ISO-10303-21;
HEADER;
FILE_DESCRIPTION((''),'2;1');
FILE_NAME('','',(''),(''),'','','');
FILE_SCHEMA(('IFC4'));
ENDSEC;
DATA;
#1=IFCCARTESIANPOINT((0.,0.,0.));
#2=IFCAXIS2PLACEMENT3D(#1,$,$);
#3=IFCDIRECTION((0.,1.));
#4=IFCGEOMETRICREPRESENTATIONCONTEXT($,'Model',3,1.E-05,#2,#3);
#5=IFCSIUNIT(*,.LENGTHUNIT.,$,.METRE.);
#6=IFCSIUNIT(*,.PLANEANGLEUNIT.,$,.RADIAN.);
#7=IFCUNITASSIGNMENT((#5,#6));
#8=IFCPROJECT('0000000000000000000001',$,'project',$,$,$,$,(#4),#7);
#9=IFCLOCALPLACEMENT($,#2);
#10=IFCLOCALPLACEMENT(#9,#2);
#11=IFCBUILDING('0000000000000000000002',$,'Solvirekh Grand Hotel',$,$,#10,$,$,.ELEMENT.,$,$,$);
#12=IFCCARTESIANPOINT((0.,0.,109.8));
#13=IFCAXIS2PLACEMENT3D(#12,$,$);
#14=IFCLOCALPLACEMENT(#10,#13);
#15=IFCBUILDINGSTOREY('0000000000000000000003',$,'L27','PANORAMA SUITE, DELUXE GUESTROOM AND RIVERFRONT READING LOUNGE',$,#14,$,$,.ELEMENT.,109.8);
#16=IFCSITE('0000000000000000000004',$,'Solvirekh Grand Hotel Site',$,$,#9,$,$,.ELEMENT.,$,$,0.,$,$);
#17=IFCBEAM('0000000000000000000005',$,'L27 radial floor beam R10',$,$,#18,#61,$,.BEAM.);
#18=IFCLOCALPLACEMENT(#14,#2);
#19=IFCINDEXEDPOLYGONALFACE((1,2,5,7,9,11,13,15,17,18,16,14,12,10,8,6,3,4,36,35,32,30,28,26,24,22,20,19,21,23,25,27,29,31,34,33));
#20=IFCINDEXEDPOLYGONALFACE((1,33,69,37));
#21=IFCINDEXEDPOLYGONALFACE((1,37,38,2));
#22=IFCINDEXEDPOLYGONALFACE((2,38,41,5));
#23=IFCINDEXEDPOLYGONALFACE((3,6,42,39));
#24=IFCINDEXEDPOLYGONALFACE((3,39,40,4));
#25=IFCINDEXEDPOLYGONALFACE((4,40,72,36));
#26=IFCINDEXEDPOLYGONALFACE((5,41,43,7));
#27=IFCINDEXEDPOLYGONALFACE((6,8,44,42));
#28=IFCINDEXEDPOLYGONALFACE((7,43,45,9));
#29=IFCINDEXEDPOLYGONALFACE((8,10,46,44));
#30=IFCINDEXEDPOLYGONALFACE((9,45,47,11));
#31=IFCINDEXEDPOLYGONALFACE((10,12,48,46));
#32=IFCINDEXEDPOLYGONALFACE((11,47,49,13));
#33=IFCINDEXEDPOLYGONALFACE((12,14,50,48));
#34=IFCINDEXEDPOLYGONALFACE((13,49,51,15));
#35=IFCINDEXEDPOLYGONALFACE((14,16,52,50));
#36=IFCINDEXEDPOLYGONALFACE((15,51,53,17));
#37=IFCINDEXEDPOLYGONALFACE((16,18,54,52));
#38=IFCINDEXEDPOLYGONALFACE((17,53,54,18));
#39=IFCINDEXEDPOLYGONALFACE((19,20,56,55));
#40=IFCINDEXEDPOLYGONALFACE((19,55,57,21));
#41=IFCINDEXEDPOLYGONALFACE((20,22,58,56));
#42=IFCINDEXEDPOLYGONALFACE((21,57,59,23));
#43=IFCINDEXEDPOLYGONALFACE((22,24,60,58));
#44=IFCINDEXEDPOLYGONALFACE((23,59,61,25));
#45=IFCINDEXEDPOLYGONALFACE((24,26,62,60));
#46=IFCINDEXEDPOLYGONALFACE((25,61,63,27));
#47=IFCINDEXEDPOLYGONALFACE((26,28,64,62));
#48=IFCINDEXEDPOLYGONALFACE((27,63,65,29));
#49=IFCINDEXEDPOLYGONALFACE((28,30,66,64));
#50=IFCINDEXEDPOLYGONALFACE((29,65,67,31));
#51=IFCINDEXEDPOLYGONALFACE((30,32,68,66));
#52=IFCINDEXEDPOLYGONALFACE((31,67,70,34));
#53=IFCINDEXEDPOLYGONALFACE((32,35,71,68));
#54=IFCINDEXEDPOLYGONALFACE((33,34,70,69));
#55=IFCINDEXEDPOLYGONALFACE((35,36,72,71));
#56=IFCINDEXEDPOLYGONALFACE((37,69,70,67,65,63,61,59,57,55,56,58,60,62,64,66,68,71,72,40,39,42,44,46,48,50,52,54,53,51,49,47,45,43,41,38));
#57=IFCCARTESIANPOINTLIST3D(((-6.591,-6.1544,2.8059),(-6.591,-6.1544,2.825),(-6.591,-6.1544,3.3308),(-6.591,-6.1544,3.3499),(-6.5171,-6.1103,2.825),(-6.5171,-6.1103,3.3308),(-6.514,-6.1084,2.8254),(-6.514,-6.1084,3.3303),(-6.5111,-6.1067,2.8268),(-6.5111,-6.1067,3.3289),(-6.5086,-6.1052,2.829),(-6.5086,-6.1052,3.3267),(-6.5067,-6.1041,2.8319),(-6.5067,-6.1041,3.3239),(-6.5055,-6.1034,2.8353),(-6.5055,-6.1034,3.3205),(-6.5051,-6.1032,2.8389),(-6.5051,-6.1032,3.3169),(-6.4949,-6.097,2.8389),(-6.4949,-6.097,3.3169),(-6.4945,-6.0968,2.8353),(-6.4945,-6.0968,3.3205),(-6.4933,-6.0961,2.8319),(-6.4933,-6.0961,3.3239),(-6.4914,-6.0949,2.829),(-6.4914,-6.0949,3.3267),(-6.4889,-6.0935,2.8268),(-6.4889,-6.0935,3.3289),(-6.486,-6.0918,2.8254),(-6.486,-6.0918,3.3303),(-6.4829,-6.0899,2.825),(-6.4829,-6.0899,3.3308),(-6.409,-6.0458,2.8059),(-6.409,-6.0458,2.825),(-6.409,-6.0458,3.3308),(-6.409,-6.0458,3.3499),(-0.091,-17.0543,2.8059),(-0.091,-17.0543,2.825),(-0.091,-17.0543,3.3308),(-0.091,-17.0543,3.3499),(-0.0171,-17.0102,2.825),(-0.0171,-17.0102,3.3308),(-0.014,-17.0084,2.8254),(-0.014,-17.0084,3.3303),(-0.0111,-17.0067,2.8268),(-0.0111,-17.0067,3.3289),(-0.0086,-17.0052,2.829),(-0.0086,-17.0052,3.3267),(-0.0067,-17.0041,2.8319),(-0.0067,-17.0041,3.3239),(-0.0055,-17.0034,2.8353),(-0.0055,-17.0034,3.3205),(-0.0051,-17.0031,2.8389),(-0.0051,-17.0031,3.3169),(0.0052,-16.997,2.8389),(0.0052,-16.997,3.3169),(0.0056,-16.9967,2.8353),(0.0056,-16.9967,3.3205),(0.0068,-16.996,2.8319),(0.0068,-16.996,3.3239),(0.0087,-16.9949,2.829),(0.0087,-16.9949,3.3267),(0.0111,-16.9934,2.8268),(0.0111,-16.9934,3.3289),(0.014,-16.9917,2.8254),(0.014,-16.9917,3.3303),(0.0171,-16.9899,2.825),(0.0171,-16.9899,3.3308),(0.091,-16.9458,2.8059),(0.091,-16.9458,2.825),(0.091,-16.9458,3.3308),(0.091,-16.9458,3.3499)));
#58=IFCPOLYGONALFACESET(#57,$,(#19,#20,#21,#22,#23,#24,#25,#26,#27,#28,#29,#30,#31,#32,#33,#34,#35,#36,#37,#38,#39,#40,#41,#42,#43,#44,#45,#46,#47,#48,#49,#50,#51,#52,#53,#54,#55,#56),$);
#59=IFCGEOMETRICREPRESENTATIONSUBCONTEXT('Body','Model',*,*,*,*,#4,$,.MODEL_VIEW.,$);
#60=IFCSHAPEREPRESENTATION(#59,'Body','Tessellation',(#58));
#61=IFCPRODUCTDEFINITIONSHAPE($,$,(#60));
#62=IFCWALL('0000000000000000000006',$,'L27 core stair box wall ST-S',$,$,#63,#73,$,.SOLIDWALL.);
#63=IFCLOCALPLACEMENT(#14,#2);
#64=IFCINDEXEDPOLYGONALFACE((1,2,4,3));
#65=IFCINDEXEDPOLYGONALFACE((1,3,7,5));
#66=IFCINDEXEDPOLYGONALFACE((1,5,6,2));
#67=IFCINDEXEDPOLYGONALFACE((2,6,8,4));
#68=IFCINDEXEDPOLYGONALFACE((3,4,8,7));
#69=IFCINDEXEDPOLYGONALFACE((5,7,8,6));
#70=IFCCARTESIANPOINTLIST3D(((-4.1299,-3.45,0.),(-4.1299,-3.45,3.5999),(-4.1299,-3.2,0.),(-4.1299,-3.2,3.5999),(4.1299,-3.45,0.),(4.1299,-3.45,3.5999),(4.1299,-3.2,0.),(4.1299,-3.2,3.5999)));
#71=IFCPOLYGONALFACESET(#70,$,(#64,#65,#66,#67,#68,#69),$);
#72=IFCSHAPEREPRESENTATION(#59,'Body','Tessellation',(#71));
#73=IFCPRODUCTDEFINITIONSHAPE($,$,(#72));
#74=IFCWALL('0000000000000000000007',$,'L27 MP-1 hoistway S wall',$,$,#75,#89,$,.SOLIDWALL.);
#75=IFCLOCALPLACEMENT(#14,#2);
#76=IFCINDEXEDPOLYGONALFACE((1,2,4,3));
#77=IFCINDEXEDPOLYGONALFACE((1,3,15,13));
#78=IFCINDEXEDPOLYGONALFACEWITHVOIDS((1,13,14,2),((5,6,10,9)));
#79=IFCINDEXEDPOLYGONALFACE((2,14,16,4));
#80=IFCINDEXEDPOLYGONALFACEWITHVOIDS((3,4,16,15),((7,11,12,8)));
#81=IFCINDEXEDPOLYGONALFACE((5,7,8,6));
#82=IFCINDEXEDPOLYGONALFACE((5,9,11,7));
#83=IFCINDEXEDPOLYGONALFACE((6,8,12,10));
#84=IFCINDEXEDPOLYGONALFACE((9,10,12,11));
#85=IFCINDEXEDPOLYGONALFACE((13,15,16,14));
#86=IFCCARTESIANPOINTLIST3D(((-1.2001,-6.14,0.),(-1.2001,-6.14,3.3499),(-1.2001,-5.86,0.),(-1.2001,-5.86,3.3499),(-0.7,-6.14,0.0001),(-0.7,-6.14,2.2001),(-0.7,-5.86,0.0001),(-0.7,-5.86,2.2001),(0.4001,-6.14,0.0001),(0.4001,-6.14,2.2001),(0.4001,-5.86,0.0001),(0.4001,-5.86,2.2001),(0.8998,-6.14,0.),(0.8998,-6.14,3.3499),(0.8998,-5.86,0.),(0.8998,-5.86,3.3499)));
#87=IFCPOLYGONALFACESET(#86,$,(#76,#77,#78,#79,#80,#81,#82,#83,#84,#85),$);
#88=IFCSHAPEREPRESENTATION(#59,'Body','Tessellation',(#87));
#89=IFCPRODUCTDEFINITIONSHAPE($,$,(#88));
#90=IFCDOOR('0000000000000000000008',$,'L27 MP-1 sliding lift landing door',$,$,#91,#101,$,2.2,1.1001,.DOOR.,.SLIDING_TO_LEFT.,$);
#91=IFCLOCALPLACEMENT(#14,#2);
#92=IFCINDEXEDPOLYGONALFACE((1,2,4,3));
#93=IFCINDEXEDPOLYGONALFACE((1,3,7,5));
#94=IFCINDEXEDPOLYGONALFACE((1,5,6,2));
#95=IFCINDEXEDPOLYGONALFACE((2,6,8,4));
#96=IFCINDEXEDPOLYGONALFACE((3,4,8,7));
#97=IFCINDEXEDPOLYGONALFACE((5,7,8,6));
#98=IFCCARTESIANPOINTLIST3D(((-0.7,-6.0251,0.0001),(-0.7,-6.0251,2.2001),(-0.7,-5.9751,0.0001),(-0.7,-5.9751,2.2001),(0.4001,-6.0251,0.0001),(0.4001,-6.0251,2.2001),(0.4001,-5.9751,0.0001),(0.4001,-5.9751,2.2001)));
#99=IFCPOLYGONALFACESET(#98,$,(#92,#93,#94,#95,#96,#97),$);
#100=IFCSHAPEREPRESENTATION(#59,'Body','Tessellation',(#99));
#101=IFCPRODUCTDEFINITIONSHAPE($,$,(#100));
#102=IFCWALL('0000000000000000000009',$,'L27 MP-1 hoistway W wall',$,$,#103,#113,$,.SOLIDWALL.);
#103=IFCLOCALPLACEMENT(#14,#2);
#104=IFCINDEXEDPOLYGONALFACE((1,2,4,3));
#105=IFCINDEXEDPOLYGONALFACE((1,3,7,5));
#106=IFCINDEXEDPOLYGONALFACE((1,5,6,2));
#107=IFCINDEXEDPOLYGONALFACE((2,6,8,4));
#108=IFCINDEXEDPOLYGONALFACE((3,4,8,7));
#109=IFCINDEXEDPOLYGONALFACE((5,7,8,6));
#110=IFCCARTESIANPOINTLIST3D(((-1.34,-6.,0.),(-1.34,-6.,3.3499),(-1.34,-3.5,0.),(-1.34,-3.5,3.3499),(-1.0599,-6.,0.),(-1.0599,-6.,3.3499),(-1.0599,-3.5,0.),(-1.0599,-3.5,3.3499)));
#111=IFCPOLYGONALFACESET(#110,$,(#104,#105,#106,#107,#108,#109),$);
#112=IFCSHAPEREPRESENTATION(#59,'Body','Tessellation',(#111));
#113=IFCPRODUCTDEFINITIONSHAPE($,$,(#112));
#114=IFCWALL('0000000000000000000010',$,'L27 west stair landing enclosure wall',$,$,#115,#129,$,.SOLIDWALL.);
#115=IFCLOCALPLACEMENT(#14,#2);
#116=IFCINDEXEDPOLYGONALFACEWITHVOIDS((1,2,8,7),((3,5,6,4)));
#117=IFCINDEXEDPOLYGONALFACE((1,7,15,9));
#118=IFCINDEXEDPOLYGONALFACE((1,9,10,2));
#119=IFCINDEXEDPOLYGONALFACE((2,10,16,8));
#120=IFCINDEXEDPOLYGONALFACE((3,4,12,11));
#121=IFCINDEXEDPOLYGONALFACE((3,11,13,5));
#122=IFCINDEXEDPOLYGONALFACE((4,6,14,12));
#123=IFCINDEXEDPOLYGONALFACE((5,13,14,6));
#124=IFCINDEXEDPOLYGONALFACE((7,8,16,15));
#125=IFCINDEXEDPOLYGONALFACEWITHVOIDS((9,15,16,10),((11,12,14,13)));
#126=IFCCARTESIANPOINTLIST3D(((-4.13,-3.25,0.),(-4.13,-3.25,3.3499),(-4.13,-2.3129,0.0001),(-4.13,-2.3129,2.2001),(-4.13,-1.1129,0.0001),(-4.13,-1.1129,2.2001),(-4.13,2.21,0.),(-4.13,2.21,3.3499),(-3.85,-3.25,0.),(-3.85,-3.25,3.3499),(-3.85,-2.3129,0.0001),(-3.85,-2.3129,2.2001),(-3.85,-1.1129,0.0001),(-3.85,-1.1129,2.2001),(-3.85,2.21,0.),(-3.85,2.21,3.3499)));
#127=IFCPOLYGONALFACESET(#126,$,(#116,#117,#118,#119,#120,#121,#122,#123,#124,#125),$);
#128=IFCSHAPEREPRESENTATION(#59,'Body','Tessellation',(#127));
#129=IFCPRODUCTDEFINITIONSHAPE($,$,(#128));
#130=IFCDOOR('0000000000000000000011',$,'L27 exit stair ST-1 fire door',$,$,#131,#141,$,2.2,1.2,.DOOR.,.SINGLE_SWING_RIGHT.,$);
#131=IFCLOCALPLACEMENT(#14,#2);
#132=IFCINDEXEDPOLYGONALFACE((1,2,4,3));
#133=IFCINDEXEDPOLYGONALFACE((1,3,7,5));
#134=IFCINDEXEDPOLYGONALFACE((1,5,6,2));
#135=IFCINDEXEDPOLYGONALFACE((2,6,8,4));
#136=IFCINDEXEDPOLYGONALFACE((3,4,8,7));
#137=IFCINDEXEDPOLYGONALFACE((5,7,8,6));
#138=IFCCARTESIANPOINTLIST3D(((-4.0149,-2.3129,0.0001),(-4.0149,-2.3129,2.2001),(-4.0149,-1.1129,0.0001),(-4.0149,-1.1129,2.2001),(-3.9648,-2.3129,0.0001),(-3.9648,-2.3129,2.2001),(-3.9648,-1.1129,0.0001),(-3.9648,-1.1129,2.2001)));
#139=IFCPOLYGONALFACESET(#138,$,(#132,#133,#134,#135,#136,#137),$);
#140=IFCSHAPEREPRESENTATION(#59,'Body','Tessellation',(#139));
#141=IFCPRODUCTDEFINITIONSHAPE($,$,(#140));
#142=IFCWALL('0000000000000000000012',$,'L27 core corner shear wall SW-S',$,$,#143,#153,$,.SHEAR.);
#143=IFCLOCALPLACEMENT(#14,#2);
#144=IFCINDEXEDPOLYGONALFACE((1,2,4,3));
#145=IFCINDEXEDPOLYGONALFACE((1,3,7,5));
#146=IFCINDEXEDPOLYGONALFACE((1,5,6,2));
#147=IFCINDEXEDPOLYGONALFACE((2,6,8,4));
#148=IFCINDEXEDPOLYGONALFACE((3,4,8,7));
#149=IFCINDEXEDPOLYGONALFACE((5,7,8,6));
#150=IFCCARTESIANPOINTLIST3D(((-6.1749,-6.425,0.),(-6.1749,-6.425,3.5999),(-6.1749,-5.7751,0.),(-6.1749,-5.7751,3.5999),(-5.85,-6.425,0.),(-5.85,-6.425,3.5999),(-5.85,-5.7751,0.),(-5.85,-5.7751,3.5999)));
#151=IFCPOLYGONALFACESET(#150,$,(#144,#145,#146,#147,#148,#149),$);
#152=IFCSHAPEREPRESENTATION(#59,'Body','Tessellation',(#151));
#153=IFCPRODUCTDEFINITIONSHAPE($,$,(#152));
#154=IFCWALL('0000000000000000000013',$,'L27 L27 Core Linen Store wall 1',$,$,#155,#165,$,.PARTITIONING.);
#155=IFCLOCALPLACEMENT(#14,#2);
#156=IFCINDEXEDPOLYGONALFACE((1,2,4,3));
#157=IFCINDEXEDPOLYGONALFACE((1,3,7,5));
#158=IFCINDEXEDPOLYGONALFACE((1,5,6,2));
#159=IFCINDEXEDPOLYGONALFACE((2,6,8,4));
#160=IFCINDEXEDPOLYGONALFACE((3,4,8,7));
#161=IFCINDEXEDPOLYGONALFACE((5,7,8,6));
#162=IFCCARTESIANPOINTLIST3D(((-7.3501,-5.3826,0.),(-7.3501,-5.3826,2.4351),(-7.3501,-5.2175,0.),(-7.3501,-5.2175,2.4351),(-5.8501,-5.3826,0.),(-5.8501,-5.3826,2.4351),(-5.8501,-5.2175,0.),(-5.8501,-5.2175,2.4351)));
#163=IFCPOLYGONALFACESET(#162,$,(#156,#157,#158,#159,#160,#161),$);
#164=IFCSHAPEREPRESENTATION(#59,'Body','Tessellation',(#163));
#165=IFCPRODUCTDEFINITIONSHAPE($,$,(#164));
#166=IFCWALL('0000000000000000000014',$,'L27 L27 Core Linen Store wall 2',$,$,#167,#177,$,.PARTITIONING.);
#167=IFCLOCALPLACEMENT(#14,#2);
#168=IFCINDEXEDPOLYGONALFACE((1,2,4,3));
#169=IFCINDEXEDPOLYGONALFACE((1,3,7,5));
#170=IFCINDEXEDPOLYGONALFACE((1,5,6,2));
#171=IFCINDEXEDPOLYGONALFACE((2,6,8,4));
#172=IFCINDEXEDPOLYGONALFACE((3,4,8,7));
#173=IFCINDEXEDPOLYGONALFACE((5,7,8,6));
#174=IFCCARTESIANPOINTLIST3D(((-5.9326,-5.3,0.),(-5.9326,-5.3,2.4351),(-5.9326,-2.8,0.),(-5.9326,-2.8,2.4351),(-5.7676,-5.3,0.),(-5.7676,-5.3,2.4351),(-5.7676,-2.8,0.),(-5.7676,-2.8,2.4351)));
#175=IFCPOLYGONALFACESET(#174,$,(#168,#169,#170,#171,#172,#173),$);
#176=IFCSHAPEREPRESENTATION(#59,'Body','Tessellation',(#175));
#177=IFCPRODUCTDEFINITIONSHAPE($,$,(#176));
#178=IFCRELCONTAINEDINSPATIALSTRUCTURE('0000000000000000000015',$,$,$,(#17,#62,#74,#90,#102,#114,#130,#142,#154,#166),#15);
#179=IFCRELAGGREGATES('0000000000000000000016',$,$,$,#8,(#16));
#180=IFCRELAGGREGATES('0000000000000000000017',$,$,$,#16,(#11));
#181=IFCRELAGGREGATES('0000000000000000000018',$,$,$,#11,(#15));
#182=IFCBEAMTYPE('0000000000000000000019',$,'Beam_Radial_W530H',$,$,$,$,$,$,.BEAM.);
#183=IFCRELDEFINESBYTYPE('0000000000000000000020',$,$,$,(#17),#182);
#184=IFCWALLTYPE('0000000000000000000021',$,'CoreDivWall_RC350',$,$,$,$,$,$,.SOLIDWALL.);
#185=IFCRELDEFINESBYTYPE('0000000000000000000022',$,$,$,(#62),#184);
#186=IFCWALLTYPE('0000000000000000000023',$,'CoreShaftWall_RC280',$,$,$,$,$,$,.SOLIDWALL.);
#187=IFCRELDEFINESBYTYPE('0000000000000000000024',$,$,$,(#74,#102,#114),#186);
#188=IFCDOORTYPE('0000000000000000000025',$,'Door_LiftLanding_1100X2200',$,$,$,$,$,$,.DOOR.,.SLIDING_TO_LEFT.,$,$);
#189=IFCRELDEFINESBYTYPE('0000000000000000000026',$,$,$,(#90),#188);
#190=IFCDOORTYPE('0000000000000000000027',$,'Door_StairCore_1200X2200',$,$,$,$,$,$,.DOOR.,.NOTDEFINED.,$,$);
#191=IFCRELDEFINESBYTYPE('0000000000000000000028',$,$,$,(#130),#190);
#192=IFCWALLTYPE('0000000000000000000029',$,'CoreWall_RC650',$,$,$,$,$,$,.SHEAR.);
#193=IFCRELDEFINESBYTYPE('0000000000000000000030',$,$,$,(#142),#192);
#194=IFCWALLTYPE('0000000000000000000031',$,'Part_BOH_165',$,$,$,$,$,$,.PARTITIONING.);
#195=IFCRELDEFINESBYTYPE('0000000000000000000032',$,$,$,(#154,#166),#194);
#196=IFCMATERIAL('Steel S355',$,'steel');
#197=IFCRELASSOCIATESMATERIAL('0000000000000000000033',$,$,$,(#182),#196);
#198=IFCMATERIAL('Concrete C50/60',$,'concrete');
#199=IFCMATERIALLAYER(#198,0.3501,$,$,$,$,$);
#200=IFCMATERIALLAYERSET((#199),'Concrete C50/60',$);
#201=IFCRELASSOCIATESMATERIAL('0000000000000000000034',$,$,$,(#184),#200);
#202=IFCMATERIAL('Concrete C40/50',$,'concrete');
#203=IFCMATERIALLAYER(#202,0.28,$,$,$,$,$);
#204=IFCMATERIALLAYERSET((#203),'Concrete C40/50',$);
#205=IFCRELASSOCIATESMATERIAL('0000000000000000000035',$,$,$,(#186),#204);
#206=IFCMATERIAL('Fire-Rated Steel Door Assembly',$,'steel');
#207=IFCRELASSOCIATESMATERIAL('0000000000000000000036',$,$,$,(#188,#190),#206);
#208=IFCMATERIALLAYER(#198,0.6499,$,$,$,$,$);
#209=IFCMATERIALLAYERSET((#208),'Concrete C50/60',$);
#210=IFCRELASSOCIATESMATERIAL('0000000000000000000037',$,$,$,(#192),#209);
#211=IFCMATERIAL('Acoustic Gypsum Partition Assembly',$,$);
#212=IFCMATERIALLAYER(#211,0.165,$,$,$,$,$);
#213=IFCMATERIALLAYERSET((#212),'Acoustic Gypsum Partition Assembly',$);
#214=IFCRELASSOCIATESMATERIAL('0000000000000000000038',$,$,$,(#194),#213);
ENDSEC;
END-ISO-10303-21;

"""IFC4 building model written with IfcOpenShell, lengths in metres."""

from ifc_helpers import new_model, si_unit, direction, frame, frame_2d, origin, origin_2d, place, context, subcontext, project, spatial, rectangle, i_section, extrude, material, layer, layer_set, material_profile, profile_set, type_object, element, fill, save


model = new_model("IFC4")

# Units and contexts
model_context = context("Model", 3, precision=1e-05, world=origin(), true_north=direction((0.0, 1.0)))
body_context = subcontext(model_context, "Body", "Model", "MODEL_VIEW")
ifc_project = project(units=[si_unit("LENGTHUNIT", "METRE"), si_unit("PLANEANGLEUNIT", "RADIAN")], contexts=[model_context])

# Site, building, storey
site_placement = place(None, origin())
site = spatial("IfcSite", under=ifc_project, at=site_placement, Name="Solvirekh Grand Hotel Site", CompositionType="ELEMENT", RefElevation=0.0)
building_placement = place(site_placement, origin())
building = spatial("IfcBuilding", under=site, at=building_placement, Name="Solvirekh Grand Hotel", CompositionType="ELEMENT")
storey_placement = place(building_placement, frame((0.0, 0.0, 109.8)))
storey = spatial("IfcBuildingStorey", under=building, at=storey_placement, Name="L27", Description="PANORAMA SUITE, DELUXE GUESTROOM AND RIVERFRONT READING LOUNGE", CompositionType="ELEMENT", Elevation=109.8)

# Beam
ifc_material_1 = material(Name="Steel S355", Category="steel")
ifc_material_profile = material_profile(ifc_material_1, i_section(OverallWidth=0.2119, OverallDepth=0.5439, WebThickness=0.012, FlangeThickness=0.019, FilletRadius=0.0139, at=origin_2d()), Name="W530X123")
ifc_profile_set = profile_set([ifc_material_profile], Name="Steel S355")
beam_type = type_object("IfcBeamType", Name="Beam_Radial_W530H", PredefinedType="BEAM", material=ifc_profile_set)
beam_placement = place(storey_placement, frame((-6.5, -6.1001, 3.0779), z_axis=(0.51218, -0.858878, 0.0), x_axis=(0.858878, 0.51218, 0.0)))
element("IfcBeam", 1, at=beam_placement, inside=storey, type_object=beam_type, Name="L27 radial floor beam R10", PredefinedType="BEAM", context=body_context, shape_type="SweptSolid", body=[
    extrude(i_section(OverallWidth=0.2119, OverallDepth=0.5439, WebThickness=0.012, FlangeThickness=0.019, FilletRadius=0.0139, at=origin_2d()), origin(), (0.0, 0.0, 1.0), 12.6909),
])

# Wall
ifc_material_2 = material(Name="Concrete C50/60", Category="concrete")
ifc_layer_1 = layer(ifc_material_2, 0.3501)
ifc_layer_set_1 = layer_set([ifc_layer_1], Name="Concrete C50/60")
wall_type_1 = type_object("IfcWallType", Name="CoreDivWall_RC350", PredefinedType="SOLIDWALL", material=ifc_layer_set_1)
wall_1_placement = place(storey_placement, frame((-4.1299, -3.325, 0.0), z_axis=(0.0, 0.0, 1.0), x_axis=(1.0, 0.0, 0.0)))
element("IfcWall", 2, at=wall_1_placement, inside=storey, type_object=wall_type_1, Name="L27 core stair box wall ST-S", PredefinedType="SOLIDWALL", context=body_context, shape_type="SweptSolid", body=[
    extrude(rectangle(XDim=8.2598, YDim=0.25, at=frame_2d((4.1299, 0.0))), origin(), (0.0, 0.0, 1.0), 3.5999),
])

# Wall, opening, door
ifc_material_3 = material(Name="Concrete C40/50", Category="concrete")
ifc_layer_2 = layer(ifc_material_3, 0.28)
ifc_layer_set_2 = layer_set([ifc_layer_2], Name="Concrete C40/50")
wall_type_2 = type_object("IfcWallType", Name="CoreShaftWall_RC280", PredefinedType="SOLIDWALL", material=ifc_layer_set_2)
wall_2_placement = place(storey_placement, frame((-1.2, -6.0, 0.0), z_axis=(0.0, 0.0, 1.0), x_axis=(1.0, 0.0, 0.0)))
wall_2 = element("IfcWall", 3, at=wall_2_placement, inside=storey, type_object=wall_type_2, Name="L27 MP-1 hoistway S wall", PredefinedType="SOLIDWALL", context=body_context, shape_type="SweptSolid", body=[
    extrude(rectangle(XDim=2.0999, YDim=0.28, at=frame_2d((1.0498, 0.0))), origin(), (0.0, 0.0, 1.0), 3.3499),
])
opening_1_placement = place(wall_2_placement, frame((0.5, 0.0, 0.0)))
opening_1 = element("IfcOpeningElement", 4, at=opening_1_placement, cuts=wall_2, PredefinedType="OPENING", context=body_context, shape_type="SweptSolid", body=[
    extrude(rectangle(XDim=1.1001, YDim=2.2, at=frame_2d((0.55, 1.1001))), frame((0.0, 0.1499, 0.0), z_axis=(0.0, -1.0, 0.0), x_axis=(1.0, 0.0, 0.0)), (0.0, 0.0, 1.0), 0.3),
])
ifc_material_4 = material(Name="Fire-Rated Steel Door Assembly", Category="steel")
door_type_1 = type_object("IfcDoorType", Name="Door_LiftLanding_1100X2200", OperationType="SLIDING_TO_LEFT", PredefinedType="DOOR", material=ifc_material_4)
door_1_placement = place(opening_1_placement, origin())
door_1 = element("IfcDoor", 5, at=door_1_placement, inside=storey, type_object=door_type_1, Name="L27 MP-1 sliding lift landing door", OperationType="SLIDING_TO_LEFT", OverallHeight=2.2, OverallWidth=1.1001, PredefinedType="DOOR", context=body_context, shape_type="SweptSolid", body=[
    extrude(rectangle(XDim=1.1001, YDim=2.2, at=frame_2d((0.55, 1.1001))), frame((0.0, 0.0249, 0.0), z_axis=(0.0, -1.0, 0.0), x_axis=(1.0, 0.0, 0.0)), (0.0, 0.0, 1.0), 0.05),
])
fill(opening_1, door_1)

# Wall
wall_3_placement = place(storey_placement, frame((-1.2, -3.5, 0.0), z_axis=(0.0, 0.0, 1.0), x_axis=(0.0, -1.0, 0.0)))
element("IfcWall", 6, at=wall_3_placement, inside=storey, type_object=wall_type_2, Name="L27 MP-1 hoistway W wall", PredefinedType="SOLIDWALL", context=body_context, shape_type="SweptSolid", body=[
    extrude(rectangle(XDim=2.5, YDim=0.28, at=frame_2d((1.25, 0.0))), origin(), (0.0, 0.0, 1.0), 3.3499),
])

# Wall, opening, door
wall_4_placement = place(storey_placement, frame((-3.99, -3.25, 0.0), z_axis=(0.0, 0.0, 1.0), x_axis=(0.0, 1.0, 0.0)))
wall_4 = element("IfcWall", 7, at=wall_4_placement, inside=storey, type_object=wall_type_2, Name="L27 west stair landing enclosure wall", PredefinedType="SOLIDWALL", context=body_context, shape_type="SweptSolid", body=[
    extrude(rectangle(XDim=5.46, YDim=0.28, at=frame_2d((2.73, 0.0))), origin(), (0.0, 0.0, 1.0), 3.3499),
])
opening_2_placement = place(wall_4_placement, frame((0.937, 0.0, 0.0)))
opening_2 = element("IfcOpeningElement", 8, at=opening_2_placement, cuts=wall_4, PredefinedType="OPENING", context=body_context, shape_type="SweptSolid", body=[
    extrude(rectangle(XDim=1.2, YDim=2.2, at=frame_2d((0.6001, 1.1001))), frame((0.0, 0.1499, 0.0), z_axis=(0.0, -1.0, 0.0), x_axis=(1.0, 0.0, 0.0)), (0.0, 0.0, 1.0), 0.3),
])
door_type_2 = type_object("IfcDoorType", Name="Door_StairCore_1200X2200", OperationType="NOTDEFINED", PredefinedType="DOOR", material=ifc_material_4)
door_2_placement = place(opening_2_placement, origin())
door_2 = element("IfcDoor", 9, at=door_2_placement, inside=storey, type_object=door_type_2, Name="L27 exit stair ST-1 fire door", OperationType="SINGLE_SWING_RIGHT", OverallHeight=2.2, OverallWidth=1.2, PredefinedType="DOOR", context=body_context, shape_type="SweptSolid", body=[
    extrude(rectangle(XDim=1.2, YDim=2.2, at=frame_2d((0.6001, 1.1001))), frame((0.0, 0.0249, 0.0), z_axis=(0.0, -1.0, 0.0), x_axis=(1.0, 0.0, 0.0)), (0.0, 0.0, 1.0), 0.05),
])
fill(opening_2, door_2)

# Walls
ifc_layer_3 = layer(ifc_material_2, 0.6499)
ifc_layer_set_3 = layer_set([ifc_layer_3], Name="Concrete C50/60")
wall_type_3 = type_object("IfcWallType", Name="CoreWall_RC650", PredefinedType="SHEAR", material=ifc_layer_set_3)
wall_5_placement = place(storey_placement, frame((-6.175, -6.1001, 0.0), z_axis=(0.0, 0.0, 1.0), x_axis=(1.0, 0.0, 0.0)))
element("IfcWall", 10, at=wall_5_placement, inside=storey, type_object=wall_type_3, Name="L27 core corner shear wall SW-S", PredefinedType="SHEAR", context=body_context, shape_type="SweptSolid", body=[
    extrude(rectangle(XDim=0.325, YDim=0.6499, at=frame_2d((0.1626, 0.0))), origin(), (0.0, 0.0, 1.0), 3.5999),
])
ifc_material_5 = material(Name="Acoustic Gypsum Partition Assembly")
ifc_layer_4 = layer(ifc_material_5, 0.165)
ifc_layer_set_4 = layer_set([ifc_layer_4], Name="Acoustic Gypsum Partition Assembly")
wall_type_4 = type_object("IfcWallType", Name="Part_BOH_165", PredefinedType="PARTITIONING", material=ifc_layer_set_4)
wall_6_placement = place(storey_placement, frame((-7.3501, -5.3, 0.0), z_axis=(0.0, 0.0, 1.0), x_axis=(1.0, 0.0, 0.0)))
element("IfcWall", 11, at=wall_6_placement, inside=storey, type_object=wall_type_4, Name="L27 L27 Core Linen Store wall 1", PredefinedType="PARTITIONING", context=body_context, shape_type="SweptSolid", body=[
    extrude(rectangle(XDim=1.5, YDim=0.165, at=frame_2d((0.75, 0.0))), origin(), (0.0, 0.0, 1.0), 2.4351),
])
wall_7_placement = place(storey_placement, frame((-5.8501, -5.3, 0.0), z_axis=(0.0, 0.0, 1.0), x_axis=(0.0, 1.0, 0.0)))
element("IfcWall", 12, at=wall_7_placement, inside=storey, type_object=wall_type_4, Name="L27 L27 Core Linen Store wall 2", PredefinedType="PARTITIONING", context=body_context, shape_type="SweptSolid", body=[
    extrude(rectangle(XDim=2.5, YDim=0.165, at=frame_2d((1.25, 0.0))), origin(), (0.0, 0.0, 1.0), 2.4351),
])

save(model, "model.ifc")
